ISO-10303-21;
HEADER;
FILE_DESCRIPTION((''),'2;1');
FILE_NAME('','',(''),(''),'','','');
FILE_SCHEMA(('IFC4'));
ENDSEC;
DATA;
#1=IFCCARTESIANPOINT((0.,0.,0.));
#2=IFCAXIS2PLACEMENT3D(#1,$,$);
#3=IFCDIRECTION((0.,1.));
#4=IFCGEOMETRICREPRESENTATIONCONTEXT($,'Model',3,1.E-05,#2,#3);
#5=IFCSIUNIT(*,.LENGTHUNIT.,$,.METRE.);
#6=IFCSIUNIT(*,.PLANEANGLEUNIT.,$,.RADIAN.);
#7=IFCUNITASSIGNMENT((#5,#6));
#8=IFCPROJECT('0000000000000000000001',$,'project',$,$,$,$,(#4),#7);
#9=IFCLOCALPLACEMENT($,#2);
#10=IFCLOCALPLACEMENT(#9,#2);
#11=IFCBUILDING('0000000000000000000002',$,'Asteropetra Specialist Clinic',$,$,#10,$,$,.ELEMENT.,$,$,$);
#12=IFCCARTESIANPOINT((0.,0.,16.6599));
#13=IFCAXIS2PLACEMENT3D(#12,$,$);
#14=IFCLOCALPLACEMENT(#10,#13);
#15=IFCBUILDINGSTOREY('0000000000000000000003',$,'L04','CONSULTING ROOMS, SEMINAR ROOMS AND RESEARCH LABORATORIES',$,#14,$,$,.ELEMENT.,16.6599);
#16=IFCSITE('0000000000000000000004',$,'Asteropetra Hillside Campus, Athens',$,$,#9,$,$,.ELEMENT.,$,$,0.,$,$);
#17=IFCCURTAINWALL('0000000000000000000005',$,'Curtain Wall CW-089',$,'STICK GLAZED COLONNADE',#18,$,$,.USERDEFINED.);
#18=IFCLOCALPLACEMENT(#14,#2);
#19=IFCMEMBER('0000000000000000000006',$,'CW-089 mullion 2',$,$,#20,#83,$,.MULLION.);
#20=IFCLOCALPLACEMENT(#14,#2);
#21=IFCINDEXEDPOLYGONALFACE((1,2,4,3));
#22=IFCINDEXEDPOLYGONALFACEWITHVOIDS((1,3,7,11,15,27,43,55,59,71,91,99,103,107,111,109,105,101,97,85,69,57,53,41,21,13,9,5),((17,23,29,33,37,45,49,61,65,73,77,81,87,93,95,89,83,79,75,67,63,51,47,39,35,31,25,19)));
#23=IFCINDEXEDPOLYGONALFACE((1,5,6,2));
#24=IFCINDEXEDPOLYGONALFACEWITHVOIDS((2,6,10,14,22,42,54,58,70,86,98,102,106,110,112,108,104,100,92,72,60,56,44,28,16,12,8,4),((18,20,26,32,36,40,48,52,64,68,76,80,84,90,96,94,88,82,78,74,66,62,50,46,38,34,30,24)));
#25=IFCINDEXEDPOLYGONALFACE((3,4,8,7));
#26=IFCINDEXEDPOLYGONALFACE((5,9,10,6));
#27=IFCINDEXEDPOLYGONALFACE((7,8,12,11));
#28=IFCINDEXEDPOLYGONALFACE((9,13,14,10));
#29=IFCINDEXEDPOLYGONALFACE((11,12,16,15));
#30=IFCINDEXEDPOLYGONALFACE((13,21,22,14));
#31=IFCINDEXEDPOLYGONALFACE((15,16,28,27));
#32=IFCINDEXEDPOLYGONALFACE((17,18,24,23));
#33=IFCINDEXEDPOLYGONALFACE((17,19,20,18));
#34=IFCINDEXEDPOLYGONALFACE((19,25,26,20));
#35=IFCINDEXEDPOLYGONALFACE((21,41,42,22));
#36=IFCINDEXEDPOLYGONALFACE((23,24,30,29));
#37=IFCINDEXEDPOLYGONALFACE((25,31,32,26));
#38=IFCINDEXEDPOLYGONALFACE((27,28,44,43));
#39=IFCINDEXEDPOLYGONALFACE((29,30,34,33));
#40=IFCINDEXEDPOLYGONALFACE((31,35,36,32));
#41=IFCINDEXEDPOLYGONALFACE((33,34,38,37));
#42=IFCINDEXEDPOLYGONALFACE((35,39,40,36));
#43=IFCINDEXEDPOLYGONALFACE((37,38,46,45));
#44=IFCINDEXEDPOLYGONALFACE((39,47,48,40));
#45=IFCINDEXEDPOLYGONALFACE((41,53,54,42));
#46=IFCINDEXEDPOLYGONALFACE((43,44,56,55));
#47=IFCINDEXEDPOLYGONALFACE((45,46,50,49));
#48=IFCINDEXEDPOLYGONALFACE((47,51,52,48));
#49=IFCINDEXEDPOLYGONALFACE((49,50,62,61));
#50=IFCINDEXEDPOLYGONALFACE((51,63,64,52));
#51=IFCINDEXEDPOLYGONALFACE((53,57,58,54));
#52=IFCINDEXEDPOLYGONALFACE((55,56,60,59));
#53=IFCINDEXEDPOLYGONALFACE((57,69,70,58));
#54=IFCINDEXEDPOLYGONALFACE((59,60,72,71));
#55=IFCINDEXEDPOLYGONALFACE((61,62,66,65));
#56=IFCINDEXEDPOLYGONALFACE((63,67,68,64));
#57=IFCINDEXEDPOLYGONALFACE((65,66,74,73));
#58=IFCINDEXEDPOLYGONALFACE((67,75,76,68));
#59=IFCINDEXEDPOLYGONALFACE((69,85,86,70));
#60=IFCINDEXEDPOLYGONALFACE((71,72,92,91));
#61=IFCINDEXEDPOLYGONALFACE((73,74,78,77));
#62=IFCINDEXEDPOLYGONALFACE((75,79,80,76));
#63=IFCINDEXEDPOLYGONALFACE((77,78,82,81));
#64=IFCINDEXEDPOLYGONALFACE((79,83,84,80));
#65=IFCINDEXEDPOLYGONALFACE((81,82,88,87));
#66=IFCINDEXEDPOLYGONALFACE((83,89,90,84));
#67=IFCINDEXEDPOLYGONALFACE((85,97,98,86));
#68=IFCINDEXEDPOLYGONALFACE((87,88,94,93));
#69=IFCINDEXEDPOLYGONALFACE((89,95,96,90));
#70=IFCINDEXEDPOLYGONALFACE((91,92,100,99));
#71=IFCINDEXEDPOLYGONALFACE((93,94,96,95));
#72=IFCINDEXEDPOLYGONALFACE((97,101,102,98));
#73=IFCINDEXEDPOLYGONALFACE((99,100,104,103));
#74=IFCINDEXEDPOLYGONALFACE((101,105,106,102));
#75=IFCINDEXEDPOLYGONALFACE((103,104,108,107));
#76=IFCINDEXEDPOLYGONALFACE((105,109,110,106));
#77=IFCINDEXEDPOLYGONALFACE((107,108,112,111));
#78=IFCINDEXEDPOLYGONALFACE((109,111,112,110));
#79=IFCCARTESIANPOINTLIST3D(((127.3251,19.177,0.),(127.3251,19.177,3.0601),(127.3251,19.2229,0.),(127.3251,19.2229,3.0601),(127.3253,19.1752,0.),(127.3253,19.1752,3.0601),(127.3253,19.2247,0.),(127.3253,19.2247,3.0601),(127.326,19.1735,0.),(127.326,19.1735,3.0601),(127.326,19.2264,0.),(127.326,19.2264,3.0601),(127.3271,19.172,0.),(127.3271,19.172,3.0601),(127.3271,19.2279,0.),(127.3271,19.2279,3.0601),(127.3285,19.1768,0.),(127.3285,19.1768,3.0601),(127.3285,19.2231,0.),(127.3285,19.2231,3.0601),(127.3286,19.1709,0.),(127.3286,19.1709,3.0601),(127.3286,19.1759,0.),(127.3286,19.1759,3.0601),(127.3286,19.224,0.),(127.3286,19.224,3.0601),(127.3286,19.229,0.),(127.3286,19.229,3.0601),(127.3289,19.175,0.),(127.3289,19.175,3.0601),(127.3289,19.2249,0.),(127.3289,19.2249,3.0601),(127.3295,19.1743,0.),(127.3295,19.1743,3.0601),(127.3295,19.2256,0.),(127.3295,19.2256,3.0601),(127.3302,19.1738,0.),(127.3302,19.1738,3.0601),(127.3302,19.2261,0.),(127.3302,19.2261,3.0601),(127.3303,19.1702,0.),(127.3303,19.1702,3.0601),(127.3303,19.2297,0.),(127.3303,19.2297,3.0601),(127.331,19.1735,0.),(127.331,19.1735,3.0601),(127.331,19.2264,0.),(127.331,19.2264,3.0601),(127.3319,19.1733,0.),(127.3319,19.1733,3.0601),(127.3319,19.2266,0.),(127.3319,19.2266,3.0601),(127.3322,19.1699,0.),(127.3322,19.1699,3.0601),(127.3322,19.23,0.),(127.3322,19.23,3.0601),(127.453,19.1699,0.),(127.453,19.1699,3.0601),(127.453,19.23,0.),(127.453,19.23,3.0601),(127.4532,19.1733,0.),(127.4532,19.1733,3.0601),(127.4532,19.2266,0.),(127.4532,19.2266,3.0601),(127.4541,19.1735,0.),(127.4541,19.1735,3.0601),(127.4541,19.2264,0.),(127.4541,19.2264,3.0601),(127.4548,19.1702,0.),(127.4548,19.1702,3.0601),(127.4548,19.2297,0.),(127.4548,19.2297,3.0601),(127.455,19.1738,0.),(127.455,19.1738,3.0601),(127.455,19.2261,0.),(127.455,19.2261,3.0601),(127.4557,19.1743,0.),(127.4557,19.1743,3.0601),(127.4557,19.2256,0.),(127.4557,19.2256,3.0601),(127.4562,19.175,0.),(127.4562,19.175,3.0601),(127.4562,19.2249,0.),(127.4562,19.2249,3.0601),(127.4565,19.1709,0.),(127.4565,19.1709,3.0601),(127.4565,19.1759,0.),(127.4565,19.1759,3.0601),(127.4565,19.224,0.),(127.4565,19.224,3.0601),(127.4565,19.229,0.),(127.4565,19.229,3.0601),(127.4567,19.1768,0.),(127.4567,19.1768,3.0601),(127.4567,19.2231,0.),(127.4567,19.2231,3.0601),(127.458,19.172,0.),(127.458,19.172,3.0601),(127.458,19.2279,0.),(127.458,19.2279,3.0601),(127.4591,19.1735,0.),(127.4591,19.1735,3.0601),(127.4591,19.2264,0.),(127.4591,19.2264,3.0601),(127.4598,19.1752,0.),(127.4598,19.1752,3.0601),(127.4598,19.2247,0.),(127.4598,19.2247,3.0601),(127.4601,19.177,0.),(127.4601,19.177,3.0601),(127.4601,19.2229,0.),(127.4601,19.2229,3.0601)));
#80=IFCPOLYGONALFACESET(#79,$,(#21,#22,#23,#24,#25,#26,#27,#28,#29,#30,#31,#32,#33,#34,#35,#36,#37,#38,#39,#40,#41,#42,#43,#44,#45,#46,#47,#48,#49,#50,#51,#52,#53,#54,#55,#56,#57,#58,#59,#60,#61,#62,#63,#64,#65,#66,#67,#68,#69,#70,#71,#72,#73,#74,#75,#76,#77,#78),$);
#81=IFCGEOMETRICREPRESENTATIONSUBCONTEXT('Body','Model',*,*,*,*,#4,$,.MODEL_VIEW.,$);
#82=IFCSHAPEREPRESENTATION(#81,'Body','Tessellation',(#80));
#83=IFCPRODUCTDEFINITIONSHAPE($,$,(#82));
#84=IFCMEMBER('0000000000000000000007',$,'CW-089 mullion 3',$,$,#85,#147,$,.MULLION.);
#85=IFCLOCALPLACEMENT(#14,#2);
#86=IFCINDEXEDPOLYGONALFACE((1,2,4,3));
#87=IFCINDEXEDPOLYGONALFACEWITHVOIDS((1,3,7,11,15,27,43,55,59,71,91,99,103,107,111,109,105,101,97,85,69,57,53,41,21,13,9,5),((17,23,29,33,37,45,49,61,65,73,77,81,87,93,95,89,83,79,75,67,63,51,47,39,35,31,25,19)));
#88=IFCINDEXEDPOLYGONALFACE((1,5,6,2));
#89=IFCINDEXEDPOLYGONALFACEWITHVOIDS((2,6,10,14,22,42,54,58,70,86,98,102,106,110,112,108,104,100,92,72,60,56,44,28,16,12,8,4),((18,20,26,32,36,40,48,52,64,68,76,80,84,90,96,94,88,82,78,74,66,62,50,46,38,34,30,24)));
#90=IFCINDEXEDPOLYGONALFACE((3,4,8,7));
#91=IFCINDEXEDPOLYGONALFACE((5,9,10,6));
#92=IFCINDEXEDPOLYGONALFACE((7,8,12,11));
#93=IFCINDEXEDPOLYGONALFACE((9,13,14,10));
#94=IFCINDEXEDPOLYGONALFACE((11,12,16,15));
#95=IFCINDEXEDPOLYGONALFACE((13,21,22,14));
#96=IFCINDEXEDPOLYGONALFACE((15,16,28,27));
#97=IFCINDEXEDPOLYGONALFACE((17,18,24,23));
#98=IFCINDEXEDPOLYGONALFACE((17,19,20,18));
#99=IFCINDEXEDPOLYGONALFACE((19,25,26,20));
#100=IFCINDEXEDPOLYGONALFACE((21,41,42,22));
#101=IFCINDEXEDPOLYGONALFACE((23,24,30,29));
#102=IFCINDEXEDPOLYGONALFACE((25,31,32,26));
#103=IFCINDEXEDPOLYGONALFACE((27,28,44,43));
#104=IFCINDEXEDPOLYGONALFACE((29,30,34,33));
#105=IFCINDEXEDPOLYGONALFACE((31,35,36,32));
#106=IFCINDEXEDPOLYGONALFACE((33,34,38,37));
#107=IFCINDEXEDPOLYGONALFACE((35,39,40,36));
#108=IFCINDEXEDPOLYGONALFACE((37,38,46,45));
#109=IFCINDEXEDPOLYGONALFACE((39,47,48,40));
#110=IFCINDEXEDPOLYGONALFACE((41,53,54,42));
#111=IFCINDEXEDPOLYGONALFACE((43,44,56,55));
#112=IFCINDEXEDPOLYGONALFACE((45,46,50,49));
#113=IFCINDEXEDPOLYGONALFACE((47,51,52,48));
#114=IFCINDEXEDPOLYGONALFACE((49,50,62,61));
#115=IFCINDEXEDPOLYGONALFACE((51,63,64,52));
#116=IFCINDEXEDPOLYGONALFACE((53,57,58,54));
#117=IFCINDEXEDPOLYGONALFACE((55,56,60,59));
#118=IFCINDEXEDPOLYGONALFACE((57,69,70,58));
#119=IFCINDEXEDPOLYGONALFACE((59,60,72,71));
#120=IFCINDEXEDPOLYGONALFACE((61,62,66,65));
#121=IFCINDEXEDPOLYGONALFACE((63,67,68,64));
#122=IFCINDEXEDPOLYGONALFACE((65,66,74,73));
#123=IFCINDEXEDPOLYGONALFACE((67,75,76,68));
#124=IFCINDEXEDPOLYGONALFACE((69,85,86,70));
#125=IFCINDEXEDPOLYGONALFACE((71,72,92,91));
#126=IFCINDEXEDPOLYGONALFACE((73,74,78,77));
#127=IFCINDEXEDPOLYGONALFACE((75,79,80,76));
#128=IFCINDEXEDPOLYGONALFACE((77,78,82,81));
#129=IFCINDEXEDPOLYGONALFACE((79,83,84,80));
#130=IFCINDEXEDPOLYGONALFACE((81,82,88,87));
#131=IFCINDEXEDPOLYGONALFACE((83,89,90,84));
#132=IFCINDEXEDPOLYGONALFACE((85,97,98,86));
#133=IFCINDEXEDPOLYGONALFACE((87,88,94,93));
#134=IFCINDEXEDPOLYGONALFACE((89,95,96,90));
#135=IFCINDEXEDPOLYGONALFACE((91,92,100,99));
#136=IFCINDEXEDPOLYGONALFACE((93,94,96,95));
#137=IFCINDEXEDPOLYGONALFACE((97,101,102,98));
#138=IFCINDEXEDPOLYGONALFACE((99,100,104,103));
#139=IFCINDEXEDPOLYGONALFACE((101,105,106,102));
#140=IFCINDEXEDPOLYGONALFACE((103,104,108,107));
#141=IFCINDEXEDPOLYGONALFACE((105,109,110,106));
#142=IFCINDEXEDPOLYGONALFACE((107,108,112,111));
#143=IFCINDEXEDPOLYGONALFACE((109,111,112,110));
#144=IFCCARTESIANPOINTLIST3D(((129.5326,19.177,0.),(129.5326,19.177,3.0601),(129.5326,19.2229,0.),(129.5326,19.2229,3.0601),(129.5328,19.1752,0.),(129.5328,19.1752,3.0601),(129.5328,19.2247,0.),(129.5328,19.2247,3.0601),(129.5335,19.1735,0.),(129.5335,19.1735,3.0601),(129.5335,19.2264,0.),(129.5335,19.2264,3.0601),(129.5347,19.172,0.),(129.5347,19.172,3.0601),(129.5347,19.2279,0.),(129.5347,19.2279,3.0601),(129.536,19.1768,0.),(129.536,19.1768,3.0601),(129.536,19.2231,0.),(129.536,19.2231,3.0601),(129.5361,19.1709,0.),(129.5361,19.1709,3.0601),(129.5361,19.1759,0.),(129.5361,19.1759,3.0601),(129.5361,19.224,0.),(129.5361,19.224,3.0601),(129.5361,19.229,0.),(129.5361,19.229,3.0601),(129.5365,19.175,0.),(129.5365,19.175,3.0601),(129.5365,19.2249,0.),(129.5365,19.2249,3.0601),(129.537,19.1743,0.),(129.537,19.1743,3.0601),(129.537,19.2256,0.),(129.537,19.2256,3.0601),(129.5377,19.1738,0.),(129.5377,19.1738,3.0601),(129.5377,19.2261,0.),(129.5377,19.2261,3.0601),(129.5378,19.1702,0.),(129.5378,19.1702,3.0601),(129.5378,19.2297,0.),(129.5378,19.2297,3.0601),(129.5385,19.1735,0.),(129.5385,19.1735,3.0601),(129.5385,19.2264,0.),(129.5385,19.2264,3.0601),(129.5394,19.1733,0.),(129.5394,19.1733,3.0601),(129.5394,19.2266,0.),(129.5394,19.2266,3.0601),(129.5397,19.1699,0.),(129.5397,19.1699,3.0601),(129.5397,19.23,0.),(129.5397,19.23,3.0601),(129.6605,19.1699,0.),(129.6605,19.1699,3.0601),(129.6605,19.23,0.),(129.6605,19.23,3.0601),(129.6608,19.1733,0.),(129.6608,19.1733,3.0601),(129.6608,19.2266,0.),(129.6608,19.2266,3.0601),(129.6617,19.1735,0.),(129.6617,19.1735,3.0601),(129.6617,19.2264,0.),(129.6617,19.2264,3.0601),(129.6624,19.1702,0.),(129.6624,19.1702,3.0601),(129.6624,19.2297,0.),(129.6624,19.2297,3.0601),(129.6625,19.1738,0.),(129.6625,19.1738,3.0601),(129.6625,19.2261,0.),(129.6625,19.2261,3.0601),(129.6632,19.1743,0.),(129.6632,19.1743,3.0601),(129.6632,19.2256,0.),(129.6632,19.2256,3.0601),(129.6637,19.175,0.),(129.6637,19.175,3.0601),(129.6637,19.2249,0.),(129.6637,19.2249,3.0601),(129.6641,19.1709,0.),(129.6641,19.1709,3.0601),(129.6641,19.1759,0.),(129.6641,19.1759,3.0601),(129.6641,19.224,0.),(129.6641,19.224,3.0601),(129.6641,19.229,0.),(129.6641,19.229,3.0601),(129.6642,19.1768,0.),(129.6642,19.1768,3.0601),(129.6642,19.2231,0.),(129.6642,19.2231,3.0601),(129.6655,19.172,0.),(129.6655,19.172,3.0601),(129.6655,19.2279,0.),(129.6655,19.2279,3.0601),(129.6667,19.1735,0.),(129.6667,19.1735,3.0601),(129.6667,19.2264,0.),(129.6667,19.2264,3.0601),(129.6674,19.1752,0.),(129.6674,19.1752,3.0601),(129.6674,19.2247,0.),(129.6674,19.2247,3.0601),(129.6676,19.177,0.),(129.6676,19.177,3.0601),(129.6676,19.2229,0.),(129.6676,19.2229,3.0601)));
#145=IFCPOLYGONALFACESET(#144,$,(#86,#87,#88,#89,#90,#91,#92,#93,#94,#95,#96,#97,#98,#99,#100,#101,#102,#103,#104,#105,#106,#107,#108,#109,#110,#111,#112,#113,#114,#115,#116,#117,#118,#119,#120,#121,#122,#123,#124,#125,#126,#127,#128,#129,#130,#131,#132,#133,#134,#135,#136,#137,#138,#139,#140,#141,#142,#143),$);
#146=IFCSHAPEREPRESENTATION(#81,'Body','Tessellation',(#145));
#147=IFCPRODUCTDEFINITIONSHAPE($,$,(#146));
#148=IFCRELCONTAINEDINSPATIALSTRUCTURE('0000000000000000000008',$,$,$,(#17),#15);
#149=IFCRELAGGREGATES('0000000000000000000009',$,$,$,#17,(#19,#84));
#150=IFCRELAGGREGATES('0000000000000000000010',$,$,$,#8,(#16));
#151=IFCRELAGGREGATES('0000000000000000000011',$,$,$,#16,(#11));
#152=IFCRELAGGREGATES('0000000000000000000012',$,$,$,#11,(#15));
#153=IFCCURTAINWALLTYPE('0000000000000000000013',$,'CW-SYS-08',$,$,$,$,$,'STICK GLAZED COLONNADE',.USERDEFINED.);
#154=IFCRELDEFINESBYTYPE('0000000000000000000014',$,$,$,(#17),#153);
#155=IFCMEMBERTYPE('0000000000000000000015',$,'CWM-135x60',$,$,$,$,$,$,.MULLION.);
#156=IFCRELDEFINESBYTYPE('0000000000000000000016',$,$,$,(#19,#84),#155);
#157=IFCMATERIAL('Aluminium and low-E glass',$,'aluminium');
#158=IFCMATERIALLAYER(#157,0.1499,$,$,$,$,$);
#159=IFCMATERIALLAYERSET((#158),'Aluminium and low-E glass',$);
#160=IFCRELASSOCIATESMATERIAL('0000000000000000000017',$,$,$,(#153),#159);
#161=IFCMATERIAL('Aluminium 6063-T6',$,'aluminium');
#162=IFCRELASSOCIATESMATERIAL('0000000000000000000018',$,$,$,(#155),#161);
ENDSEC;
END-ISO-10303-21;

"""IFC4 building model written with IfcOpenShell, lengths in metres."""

from ifc_helpers import new_model, si_unit, direction, frame, origin, origin_2d, place, context, subcontext, project, spatial, hollow_rectangle, extrude, material, layer, layer_set, material_profile, profile_set, type_object, element, aggregate, save


model = new_model("IFC4")

# Units and contexts
model_context = context("Model", 3, precision=1e-05, world=origin(), true_north=direction((0.0, 1.0)))
body_context = subcontext(model_context, "Body", "Model", "MODEL_VIEW")
ifc_project = project(units=[si_unit("LENGTHUNIT", "METRE"), si_unit("PLANEANGLEUNIT", "RADIAN")], contexts=[model_context])

# Site, building, storey
site_placement = place(None, origin())
site = spatial("IfcSite", under=ifc_project, at=site_placement, Name="Asteropetra Hillside Campus, Athens", CompositionType="ELEMENT", RefElevation=0.0)
building_placement = place(site_placement, origin())
building = spatial("IfcBuilding", under=site, at=building_placement, Name="Asteropetra Specialist Clinic", CompositionType="ELEMENT")
storey_placement = place(building_placement, frame((0.0, 0.0, 16.6599)))
storey = spatial("IfcBuildingStorey", under=building, at=storey_placement, Name="L04", Description="CONSULTING ROOMS, SEMINAR ROOMS AND RESEARCH LABORATORIES", CompositionType="ELEMENT", Elevation=16.6599)

# Curtain wall, members
ifc_material_1 = material(Name="Aluminium and low-E glass", Category="aluminium")
ifc_layer_1 = layer(ifc_material_1, 0.1499)
ifc_layer_set_1 = layer_set([ifc_layer_1], Name="Aluminium and low-E glass")
curtain_wall_type = type_object("IfcCurtainWallType", Name="CW-SYS-08", ElementType="STICK GLAZED COLONNADE", PredefinedType="USERDEFINED", material=ifc_layer_set_1)
curtain_wall_placement = place(storey_placement, origin())
curtain_wall = element("IfcCurtainWall", 1, at=curtain_wall_placement, inside=storey, type_object=curtain_wall_type, Name="Curtain Wall CW-089", ObjectType="STICK GLAZED COLONNADE", PredefinedType="USERDEFINED")
ifc_material_2 = material(Name="Aluminium 6063-T6", Category="aluminium")
ifc_material_profile_1 = material_profile(ifc_material_2, hollow_rectangle(XDim=0.0601, YDim=0.135, WallThickness=0.0034, InnerFilletRadius=0.0034, OuterFilletRadius=0.0071, at=origin_2d()), Name="MUL 135x60x3.5")
ifc_profile_set_1 = profile_set([ifc_material_profile_1], Name="Aluminium 6063-T6")
member_type_1 = type_object("IfcMemberType", Name="CWM-135x60", PredefinedType="MULLION", material=ifc_profile_set_1)
member_1_placement = place(storey_placement, frame((127.3926, 19.2, 0.0), z_axis=(0.0, 0.0, 1.0), x_axis=(0.0, 1.0, 0.0)))
member_1 = element("IfcMember", 2, at=member_1_placement, type_object=member_type_1, Name="CW-089 mullion 2", PredefinedType="MULLION", context=body_context, shape_type="SweptSolid", body=[
    extrude(hollow_rectangle(XDim=0.0601, YDim=0.135, WallThickness=0.0034, InnerFilletRadius=0.0034, OuterFilletRadius=0.0071, at=origin_2d()), origin(), (0.0, 0.0, 1.0), 3.0601),
])
member_2_placement = place(storey_placement, frame((129.6001, 19.2, 0.0), z_axis=(0.0, 0.0, 1.0), x_axis=(0.0, 1.0, 0.0)))
member_2 = element("IfcMember", 3, at=member_2_placement, type_object=member_type_1, Name="CW-089 mullion 3", PredefinedType="MULLION", context=body_context, shape_type="SweptSolid", body=[
    extrude(hollow_rectangle(XDim=0.0601, YDim=0.135, WallThickness=0.0034, InnerFilletRadius=0.0034, OuterFilletRadius=0.0071, at=origin_2d()), origin(), (0.0, 0.0, 1.0), 3.0601),
])
aggregate(curtain_wall, [member_1, member_2])

save(model, "model.ifc")
